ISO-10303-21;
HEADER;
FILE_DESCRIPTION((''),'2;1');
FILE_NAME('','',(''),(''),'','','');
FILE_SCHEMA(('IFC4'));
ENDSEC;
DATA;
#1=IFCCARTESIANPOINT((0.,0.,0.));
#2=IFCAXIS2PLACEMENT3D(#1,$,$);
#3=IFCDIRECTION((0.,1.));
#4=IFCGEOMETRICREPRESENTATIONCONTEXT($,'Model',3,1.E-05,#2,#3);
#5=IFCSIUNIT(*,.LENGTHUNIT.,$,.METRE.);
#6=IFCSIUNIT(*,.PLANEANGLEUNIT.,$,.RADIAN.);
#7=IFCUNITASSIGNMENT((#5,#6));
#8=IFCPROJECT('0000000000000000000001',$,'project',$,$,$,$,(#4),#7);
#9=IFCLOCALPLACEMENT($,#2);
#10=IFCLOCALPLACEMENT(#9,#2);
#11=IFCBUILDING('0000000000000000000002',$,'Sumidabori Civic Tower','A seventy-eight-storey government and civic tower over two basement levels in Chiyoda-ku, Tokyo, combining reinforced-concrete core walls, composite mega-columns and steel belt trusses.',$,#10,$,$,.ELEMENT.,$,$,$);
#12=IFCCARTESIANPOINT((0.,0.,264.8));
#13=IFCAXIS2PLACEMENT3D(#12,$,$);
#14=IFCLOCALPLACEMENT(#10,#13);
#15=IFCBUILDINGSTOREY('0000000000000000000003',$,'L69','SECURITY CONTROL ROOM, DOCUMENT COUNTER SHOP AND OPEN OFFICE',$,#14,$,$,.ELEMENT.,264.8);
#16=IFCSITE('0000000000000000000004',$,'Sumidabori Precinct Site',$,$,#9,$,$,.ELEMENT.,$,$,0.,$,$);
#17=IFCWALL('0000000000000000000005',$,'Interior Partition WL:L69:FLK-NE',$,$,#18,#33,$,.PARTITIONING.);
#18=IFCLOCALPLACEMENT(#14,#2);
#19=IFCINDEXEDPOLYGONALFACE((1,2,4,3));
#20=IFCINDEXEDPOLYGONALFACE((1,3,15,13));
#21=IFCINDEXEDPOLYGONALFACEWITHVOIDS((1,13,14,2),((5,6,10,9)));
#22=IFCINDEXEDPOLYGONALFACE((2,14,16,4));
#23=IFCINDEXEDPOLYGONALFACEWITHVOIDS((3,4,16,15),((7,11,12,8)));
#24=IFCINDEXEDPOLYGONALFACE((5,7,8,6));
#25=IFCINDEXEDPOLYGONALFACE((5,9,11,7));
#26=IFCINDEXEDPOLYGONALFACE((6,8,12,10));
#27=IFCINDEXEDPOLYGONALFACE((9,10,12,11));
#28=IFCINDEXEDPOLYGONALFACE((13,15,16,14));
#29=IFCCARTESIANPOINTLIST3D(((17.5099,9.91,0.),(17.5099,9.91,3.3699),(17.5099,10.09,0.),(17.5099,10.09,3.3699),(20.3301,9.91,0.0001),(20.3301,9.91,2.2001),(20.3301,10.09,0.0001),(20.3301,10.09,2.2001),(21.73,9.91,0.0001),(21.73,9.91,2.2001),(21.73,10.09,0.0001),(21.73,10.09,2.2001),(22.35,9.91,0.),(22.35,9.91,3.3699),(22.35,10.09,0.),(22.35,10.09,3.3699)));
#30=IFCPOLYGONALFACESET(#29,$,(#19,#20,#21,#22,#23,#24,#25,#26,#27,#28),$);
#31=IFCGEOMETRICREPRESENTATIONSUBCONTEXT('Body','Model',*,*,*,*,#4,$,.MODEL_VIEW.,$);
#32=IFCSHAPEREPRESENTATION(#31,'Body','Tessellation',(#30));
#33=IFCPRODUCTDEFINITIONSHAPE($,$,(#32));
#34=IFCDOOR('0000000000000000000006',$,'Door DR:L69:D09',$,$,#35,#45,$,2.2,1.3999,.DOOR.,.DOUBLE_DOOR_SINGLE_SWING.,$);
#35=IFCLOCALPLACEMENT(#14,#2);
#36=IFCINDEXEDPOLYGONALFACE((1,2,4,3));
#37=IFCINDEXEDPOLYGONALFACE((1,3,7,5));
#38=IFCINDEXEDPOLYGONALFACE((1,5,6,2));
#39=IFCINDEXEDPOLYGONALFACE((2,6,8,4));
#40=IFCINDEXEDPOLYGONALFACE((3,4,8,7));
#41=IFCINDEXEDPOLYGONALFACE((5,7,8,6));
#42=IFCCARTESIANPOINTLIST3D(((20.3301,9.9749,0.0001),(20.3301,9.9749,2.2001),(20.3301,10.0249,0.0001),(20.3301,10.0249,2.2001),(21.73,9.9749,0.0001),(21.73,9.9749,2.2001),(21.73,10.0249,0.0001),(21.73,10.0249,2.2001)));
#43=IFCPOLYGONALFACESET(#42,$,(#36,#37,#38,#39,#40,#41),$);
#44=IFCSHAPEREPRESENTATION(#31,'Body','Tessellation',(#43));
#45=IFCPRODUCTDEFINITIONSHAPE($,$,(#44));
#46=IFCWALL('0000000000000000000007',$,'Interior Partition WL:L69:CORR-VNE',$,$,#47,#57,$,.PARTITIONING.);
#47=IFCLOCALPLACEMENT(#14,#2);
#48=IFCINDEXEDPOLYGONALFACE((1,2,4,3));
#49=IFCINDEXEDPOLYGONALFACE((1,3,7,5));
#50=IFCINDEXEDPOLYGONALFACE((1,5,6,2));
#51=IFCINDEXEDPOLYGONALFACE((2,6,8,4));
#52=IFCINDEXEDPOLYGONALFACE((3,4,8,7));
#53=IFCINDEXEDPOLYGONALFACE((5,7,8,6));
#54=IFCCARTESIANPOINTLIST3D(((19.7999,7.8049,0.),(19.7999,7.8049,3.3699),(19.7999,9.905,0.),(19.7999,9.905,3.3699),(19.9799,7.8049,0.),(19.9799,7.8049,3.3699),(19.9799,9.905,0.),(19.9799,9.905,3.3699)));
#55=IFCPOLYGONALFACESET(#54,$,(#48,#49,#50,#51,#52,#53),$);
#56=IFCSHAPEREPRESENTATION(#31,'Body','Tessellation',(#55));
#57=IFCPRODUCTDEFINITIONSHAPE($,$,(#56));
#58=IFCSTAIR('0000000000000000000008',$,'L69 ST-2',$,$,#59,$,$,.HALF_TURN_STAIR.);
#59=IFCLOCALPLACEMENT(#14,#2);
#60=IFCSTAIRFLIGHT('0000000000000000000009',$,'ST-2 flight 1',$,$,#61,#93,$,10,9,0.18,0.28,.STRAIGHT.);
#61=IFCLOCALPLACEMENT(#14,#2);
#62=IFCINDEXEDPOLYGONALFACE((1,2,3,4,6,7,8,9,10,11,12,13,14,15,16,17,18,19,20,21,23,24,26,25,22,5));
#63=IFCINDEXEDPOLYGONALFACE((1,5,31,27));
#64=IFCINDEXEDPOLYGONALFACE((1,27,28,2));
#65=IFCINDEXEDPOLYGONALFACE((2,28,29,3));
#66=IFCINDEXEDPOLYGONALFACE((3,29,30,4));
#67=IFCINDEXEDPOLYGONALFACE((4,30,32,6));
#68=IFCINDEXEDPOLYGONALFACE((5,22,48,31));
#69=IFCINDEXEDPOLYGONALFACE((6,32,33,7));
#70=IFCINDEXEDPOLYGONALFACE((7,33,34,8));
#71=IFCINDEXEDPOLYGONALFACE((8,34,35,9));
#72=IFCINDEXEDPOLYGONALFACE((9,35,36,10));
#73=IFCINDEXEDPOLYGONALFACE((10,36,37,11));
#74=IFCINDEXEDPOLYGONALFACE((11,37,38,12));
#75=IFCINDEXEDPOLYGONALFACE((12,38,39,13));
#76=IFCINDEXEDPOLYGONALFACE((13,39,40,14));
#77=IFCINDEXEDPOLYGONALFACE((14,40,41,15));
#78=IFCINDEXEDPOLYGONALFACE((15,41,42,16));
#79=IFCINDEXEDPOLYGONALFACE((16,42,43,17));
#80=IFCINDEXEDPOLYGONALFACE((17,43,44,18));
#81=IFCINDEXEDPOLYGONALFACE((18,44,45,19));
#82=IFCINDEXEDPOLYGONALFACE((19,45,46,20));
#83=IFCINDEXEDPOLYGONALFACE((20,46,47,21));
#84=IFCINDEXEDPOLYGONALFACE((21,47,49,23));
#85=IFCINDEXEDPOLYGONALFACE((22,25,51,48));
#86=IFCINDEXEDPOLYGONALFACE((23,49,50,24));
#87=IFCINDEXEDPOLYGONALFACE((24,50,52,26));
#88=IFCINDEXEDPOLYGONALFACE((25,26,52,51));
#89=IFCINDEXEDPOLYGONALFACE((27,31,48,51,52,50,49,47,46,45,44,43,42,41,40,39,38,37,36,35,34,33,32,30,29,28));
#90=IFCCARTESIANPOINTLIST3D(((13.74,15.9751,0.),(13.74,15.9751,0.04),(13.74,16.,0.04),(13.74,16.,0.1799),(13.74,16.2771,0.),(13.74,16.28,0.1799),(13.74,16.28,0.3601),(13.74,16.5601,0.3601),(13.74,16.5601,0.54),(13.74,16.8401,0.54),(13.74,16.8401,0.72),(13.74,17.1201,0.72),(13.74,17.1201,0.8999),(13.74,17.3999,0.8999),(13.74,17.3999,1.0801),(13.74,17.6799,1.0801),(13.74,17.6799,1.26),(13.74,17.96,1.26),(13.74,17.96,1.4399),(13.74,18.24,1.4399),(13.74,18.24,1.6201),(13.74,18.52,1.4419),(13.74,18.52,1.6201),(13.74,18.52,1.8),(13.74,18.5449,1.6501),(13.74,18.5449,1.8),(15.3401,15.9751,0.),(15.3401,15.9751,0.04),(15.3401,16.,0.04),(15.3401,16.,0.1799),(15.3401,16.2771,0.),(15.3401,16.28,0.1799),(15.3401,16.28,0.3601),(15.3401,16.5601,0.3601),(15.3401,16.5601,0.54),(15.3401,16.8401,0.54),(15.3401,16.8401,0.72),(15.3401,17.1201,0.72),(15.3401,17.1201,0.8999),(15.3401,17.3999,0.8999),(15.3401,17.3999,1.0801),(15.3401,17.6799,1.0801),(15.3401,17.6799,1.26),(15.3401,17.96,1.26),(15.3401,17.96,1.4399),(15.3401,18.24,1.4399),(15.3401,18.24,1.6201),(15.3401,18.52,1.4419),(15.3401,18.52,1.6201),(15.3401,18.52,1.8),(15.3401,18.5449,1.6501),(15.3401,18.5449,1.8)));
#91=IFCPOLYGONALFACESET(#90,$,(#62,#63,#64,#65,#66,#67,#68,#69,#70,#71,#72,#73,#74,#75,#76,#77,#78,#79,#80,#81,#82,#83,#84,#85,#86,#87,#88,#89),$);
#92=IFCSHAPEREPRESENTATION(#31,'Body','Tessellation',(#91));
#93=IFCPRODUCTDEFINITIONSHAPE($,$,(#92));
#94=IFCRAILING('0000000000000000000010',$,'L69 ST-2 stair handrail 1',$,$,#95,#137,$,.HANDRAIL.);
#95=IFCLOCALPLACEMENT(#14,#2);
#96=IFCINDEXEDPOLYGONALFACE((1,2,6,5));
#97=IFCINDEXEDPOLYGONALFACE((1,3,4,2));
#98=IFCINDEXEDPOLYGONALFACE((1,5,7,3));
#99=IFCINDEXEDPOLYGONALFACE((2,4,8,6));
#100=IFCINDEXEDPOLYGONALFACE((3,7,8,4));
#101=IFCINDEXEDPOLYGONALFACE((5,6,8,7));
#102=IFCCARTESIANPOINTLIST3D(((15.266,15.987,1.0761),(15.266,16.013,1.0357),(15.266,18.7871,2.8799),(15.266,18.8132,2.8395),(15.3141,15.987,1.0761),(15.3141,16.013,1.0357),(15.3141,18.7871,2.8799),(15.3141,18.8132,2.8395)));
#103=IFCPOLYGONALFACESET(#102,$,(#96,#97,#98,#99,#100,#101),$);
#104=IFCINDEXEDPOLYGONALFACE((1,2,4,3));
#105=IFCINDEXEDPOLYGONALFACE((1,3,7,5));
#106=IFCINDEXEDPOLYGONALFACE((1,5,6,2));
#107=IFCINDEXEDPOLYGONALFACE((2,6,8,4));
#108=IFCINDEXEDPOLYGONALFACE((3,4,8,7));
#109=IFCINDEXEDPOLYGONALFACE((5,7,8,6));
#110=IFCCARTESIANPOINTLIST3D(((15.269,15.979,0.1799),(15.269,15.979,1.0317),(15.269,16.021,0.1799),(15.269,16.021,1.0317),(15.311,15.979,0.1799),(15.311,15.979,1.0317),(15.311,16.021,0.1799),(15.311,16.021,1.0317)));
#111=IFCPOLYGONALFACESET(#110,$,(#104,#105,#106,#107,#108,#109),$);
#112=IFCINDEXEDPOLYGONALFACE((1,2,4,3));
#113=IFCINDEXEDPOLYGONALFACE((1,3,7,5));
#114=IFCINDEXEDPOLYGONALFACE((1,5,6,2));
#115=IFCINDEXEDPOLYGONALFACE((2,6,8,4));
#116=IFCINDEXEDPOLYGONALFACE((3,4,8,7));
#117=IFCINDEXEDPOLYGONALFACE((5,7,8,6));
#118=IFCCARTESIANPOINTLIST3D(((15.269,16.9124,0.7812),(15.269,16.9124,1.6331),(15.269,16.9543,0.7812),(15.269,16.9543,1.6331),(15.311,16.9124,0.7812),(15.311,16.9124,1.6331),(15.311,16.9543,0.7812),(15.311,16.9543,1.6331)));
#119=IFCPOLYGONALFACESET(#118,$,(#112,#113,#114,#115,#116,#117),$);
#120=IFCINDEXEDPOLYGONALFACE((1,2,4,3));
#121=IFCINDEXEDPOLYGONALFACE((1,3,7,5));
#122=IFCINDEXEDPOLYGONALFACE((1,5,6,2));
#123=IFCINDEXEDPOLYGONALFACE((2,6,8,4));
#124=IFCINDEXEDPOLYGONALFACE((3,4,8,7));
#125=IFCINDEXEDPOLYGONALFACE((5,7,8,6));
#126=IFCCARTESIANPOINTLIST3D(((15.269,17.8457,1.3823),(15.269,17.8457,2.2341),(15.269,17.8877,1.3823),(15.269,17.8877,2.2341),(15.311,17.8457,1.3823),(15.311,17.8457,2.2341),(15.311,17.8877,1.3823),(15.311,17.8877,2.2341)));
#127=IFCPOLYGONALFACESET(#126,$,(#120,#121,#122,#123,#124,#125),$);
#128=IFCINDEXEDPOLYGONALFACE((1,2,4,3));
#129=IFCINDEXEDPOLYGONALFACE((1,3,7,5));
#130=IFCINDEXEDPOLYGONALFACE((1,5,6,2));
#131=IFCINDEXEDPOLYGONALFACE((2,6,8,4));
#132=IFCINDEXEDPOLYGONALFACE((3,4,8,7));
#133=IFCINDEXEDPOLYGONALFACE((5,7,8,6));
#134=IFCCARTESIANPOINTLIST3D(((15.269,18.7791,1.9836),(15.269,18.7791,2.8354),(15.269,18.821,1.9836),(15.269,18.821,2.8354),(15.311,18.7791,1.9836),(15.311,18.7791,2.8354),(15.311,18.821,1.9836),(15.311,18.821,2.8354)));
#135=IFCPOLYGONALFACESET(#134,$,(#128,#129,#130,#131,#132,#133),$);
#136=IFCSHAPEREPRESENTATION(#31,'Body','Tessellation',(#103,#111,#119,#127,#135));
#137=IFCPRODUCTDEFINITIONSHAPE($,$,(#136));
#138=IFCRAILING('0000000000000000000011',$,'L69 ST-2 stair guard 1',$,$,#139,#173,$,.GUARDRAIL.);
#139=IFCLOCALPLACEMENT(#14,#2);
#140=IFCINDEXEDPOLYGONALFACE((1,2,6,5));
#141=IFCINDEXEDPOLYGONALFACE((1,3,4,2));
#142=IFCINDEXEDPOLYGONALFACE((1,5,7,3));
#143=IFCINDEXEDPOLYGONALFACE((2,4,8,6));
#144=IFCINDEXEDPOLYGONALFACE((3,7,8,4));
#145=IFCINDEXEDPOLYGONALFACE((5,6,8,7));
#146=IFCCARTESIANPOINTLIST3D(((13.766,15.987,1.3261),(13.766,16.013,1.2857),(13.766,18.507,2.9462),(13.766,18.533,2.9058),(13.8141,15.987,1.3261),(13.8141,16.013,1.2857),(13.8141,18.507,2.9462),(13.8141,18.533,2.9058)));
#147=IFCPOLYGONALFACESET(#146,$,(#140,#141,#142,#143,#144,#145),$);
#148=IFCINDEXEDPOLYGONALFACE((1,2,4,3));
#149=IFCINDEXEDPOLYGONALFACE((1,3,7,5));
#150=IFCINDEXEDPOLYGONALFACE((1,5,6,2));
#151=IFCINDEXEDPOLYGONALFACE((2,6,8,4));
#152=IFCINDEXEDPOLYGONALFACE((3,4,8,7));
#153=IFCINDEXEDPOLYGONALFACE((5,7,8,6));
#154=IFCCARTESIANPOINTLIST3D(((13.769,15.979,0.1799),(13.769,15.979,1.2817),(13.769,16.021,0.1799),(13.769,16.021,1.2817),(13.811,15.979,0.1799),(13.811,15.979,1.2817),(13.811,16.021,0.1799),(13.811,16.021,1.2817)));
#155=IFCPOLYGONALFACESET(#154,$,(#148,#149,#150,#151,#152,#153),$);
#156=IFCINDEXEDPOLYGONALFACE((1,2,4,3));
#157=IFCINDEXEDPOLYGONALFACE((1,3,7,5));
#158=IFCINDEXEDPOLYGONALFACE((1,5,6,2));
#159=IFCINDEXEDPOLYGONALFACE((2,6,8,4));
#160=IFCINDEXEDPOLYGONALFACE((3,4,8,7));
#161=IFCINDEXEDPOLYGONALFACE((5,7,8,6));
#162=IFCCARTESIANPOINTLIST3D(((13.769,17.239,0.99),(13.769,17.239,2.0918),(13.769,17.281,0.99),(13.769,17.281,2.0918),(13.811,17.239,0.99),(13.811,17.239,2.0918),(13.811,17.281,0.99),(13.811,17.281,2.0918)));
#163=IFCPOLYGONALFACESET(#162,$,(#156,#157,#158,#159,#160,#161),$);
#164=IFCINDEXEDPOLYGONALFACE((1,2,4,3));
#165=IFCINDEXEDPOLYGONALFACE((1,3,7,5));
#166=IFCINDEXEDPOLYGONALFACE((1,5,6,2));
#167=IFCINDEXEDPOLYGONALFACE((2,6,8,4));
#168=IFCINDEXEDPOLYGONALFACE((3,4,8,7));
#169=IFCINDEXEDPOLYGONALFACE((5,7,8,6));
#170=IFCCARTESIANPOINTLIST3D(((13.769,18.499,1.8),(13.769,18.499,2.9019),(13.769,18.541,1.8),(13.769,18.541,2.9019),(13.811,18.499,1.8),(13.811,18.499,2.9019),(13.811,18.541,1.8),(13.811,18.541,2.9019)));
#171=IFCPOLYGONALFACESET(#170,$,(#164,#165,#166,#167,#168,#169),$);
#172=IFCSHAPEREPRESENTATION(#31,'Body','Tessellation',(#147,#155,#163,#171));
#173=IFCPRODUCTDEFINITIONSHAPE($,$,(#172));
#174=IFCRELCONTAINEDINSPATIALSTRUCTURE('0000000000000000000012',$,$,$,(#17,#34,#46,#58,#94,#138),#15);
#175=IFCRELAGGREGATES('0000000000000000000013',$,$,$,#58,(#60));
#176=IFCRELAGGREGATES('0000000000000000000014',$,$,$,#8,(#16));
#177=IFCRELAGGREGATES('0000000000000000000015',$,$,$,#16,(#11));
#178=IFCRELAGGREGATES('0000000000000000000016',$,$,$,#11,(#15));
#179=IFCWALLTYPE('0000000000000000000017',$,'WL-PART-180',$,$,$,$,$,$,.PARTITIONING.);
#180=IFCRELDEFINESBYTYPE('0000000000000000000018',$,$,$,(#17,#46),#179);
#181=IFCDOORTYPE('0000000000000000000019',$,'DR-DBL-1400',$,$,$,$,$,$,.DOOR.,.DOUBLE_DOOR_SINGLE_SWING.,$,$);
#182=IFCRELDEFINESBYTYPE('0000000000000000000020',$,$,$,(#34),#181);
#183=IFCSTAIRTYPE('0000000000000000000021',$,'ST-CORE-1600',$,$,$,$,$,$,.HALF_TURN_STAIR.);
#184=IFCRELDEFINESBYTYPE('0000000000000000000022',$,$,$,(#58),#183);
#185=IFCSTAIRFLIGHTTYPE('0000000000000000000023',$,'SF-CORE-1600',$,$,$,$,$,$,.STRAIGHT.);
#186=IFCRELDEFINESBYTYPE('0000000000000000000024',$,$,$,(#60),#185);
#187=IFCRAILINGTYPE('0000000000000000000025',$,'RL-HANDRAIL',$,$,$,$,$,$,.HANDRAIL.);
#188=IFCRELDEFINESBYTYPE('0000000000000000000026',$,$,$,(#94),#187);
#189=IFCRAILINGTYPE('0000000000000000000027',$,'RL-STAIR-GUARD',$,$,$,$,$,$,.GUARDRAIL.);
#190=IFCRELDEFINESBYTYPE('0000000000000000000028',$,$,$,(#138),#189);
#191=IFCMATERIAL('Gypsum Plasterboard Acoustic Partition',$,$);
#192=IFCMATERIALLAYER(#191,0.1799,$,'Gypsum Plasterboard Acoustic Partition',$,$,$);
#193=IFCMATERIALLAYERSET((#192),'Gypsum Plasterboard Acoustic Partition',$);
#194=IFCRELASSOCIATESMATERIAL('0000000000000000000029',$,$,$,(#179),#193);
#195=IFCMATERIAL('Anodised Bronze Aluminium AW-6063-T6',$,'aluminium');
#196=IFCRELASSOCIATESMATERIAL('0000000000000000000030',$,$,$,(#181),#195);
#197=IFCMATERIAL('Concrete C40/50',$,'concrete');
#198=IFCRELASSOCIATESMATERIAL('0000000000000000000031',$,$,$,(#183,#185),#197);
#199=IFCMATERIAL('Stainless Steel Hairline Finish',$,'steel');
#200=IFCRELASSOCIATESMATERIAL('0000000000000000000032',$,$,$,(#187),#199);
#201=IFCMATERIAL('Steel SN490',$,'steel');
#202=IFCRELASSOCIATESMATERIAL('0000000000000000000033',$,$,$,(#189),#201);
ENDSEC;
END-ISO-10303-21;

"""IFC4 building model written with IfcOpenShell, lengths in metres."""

from ifc_helpers import new_model, si_unit, direction, frame, frame_2d, origin, origin_2d, place, context, subcontext, project, spatial, polyline, rectangle, outline, extrude, source, transform, mapped, material, layer, layer_set, type_object, element, fill, aggregate, save


model = new_model("IFC4")

# Units and contexts
model_context = context("Model", 3, precision=1e-05, world=origin(), true_north=direction((0.0, 1.0)))
body_context = subcontext(model_context, "Body", "Model", "MODEL_VIEW")
ifc_project = project(units=[si_unit("LENGTHUNIT", "METRE"), si_unit("PLANEANGLEUNIT", "RADIAN")], contexts=[model_context])

# Site, building, storey
site_placement = place(None, origin())
site = spatial("IfcSite", under=ifc_project, at=site_placement, Name="Sumidabori Precinct Site", CompositionType="ELEMENT", RefElevation=0.0)
building_placement = place(site_placement, origin())
building = spatial("IfcBuilding", under=site, at=building_placement, Name="Sumidabori Civic Tower", Description="A seventy-eight-storey government and civic tower over two basement levels in Chiyoda-ku, Tokyo, combining reinforced-concrete core walls, composite mega-columns and steel belt trusses.", CompositionType="ELEMENT")
storey_placement = place(building_placement, frame((0.0, 0.0, 264.8)))
storey = spatial("IfcBuildingStorey", under=building, at=storey_placement, Name="L69", Description="SECURITY CONTROL ROOM, DOCUMENT COUNTER SHOP AND OPEN OFFICE", CompositionType="ELEMENT", Elevation=264.8)

# Shared definitions
ifc_material_1 = material(Name="Steel SN490", Category="steel")

# Shared definitions
ifc_material_2 = material(Name="Anodised Bronze Aluminium AW-6063-T6", Category="aluminium")

# Shared definitions
ifc_material_3 = material(Name="Stainless Steel Hairline Finish", Category="steel")

# Shared definitions
ifc_material_4 = material(Name="Gypsum Plasterboard Acoustic Partition")

# Wall, opening, door
ifc_layer_1 = layer(ifc_material_4, 0.1799, Name="Gypsum Plasterboard Acoustic Partition")
ifc_layer_set_1 = layer_set([ifc_layer_1], Name="Gypsum Plasterboard Acoustic Partition")
wall_type_1 = type_object("IfcWallType", Name="WL-PART-180", PredefinedType="PARTITIONING", material=ifc_layer_set_1)
shared_shape_1 = source(origin(), body_context, "Body", "SweptSolid", [
    extrude(rectangle(XDim=4.8401, YDim=0.1799, at=frame_2d((2.4199, 0.0))), origin(), (0.0, 0.0, 1.0), 3.3699),
])
wall_1_placement = place(storey_placement, frame((17.51, 10.0, 0.0), z_axis=(0.0, 0.0, 1.0), x_axis=(1.0, 0.0, 0.0)))
wall_1 = element("IfcWall", 1, at=wall_1_placement, inside=storey, type_object=wall_type_1, Name="Interior Partition WL:L69:FLK-NE", PredefinedType="PARTITIONING", context=body_context, shape_type="MappedRepresentation", body=[
    mapped(shared_shape_1, transform((0.0, 0.0, 0.0), x_axis=(1.0, 0.0, 0.0), y_axis=(0.0, 1.0, 0.0), z_axis=(0.0, 0.0, 1.0), scale=1.0)),
])
opening_1_placement = place(wall_1_placement, frame((2.8201, 0.0, 0.0)))
opening_1 = element("IfcOpeningElement", 2, at=opening_1_placement, cuts=wall_1, PredefinedType="OPENING", context=body_context, shape_type="SweptSolid", body=[
    extrude(rectangle(XDim=1.3999, YDim=2.2, at=frame_2d((0.7, 1.1001))), frame((0.0, 0.1021, 0.0), z_axis=(0.0, -1.0, 0.0), x_axis=(1.0, 0.0, 0.0)), (0.0, 0.0, 1.0), 0.2039),
])
door_type_1 = type_object("IfcDoorType", Name="DR-DBL-1400", OperationType="DOUBLE_DOOR_SINGLE_SWING", PredefinedType="DOOR", material=ifc_material_2)
shared_shape_2 = source(origin(), body_context, "Body", "SweptSolid", [
    extrude(rectangle(XDim=1.3999, YDim=2.2, at=frame_2d((0.7, 1.1001))), frame((0.0, 0.0249, 0.0), z_axis=(0.0, -1.0, 0.0), x_axis=(1.0, 0.0, 0.0)), (0.0, 0.0, 1.0), 0.05),
])
door_1_placement = place(opening_1_placement, origin())
door_1 = element("IfcDoor", 3, at=door_1_placement, inside=storey, type_object=door_type_1, Name="Door DR:L69:D09", OperationType="DOUBLE_DOOR_SINGLE_SWING", OverallHeight=2.2, OverallWidth=1.3999, PredefinedType="DOOR", context=body_context, shape_type="MappedRepresentation", body=[
    mapped(shared_shape_2, transform((0.0, 0.0, 0.0), x_axis=(1.0, 0.0, 0.0), y_axis=(0.0, 1.0, 0.0), z_axis=(0.0, 0.0, 1.0), scale=1.0)),
])
fill(opening_1, door_1)

# Wall
shared_shape_3 = source(origin(), body_context, "Body", "SweptSolid", [
    extrude(rectangle(XDim=2.1001, YDim=0.1799, at=frame_2d((1.05, 0.0))), origin(), (0.0, 0.0, 1.0), 3.3699),
])
wall_2_placement = place(storey_placement, frame((19.8899, 7.8049, 0.0), z_axis=(0.0, 0.0, 1.0), x_axis=(0.0, 1.0, 0.0)))
element("IfcWall", 4, at=wall_2_placement, inside=storey, type_object=wall_type_1, Name="Interior Partition WL:L69:CORR-VNE", PredefinedType="PARTITIONING", context=body_context, shape_type="MappedRepresentation", body=[
    mapped(shared_shape_3, transform((0.0, 0.0, 0.0), x_axis=(1.0, 0.0, 0.0), y_axis=(0.0, 1.0, 0.0), z_axis=(0.0, 0.0, 1.0), scale=1.0)),
])

# Stair, stair flight
ifc_material_5 = material(Name="Concrete C40/50", Category="concrete")
stair_type = type_object("IfcStairType", Name="ST-CORE-1600", PredefinedType="HALF_TURN_STAIR", material=ifc_material_5)
stair_placement = place(storey_placement, origin())
stair = element("IfcStair", 5, at=stair_placement, inside=storey, type_object=stair_type, Name="L69 ST-2", PredefinedType="HALF_TURN_STAIR")
stair_flight_type = type_object("IfcStairFlightType", Name="SF-CORE-1600", PredefinedType="STRAIGHT", material=ifc_material_5)
shared_shape_4 = source(origin(), body_context, "Body", "SweptSolid", [
    extrude(outline(polyline([(-0.0249, 0.0), (-0.0249, 0.04), (0.0, 0.04), (0.0, 0.1799), (0.28, 0.1799), (0.28, 0.3601), (0.5601, 0.3601), (0.5601, 0.54), (0.8401, 0.54), (0.8401, 0.72), (1.1201, 0.72), (1.1201, 0.8999), (1.3999, 0.8999), (1.3999, 1.0801), (1.6799, 1.0801), (1.6799, 1.26), (1.96, 1.26), (1.96, 1.4399), (2.24, 1.4399), (2.24, 1.6201), (2.52, 1.6201), (2.52, 1.8), (2.5449, 1.8), (2.5449, 1.6501), (2.52, 1.4419), (0.2771, 0.0), (-0.0249, 0.0)])), frame((0.0, 0.8, 0.0), z_axis=(0.0, -1.0, 0.0), x_axis=(1.0, 0.0, 0.0)), (0.0, 0.0, 1.0), 1.6001),
])
stair_flight_placement = place(storey_placement, frame((14.54, 16.0, 0.0), z_axis=(0.0, 0.0, 1.0), x_axis=(0.0, 1.0, 0.0)))
stair_flight = element("IfcStairFlight", 6, at=stair_flight_placement, type_object=stair_flight_type, Name="ST-2 flight 1", NumberOfRisers=10, NumberOfTreads=9, PredefinedType="STRAIGHT", RiserHeight=0.18, TreadLength=0.28, context=body_context, shape_type="MappedRepresentation", body=[
    mapped(shared_shape_4, transform((0.0, 0.0, 0.0), x_axis=(1.0, 0.0, 0.0), y_axis=(0.0, 1.0, 0.0), z_axis=(0.0, 0.0, 1.0), scale=1.0)),
])
aggregate(stair, [stair_flight])

# Railings
railing_type_1 = type_object("IfcRailingType", Name="RL-HANDRAIL", PredefinedType="HANDRAIL", material=ifc_material_3)
railing_1_placement = place(storey_placement, frame((15.29, 16.0, 0.1799)))
element("IfcRailing", 7, at=railing_1_placement, inside=storey, type_object=railing_type_1, Name="L69 ST-2 stair handrail 1", PredefinedType="HANDRAIL", context=body_context, shape_type="SweptSolid", body=[
    extrude(rectangle(XDim=0.0481, YDim=0.0481, at=origin_2d()), frame((0.0, 0.0, 0.876), z_axis=(0.0, 0.840676, 0.541539), x_axis=(-1.0, 0.0, 0.0)), (0.0, 0.0, 1.0), 3.3308),
    extrude(rectangle(XDim=0.042, YDim=0.042, at=origin_2d()), origin(), (0.0, 0.0, 1.0), 0.8518),
    extrude(rectangle(XDim=0.042, YDim=0.042, at=origin_2d()), frame((0.0, 0.9333, 0.6013)), (0.0, 0.0, 1.0), 0.8518),
    extrude(rectangle(XDim=0.042, YDim=0.042, at=origin_2d()), frame((0.0, 1.8667, 1.2024)), (0.0, 0.0, 1.0), 0.8518),
    extrude(rectangle(XDim=0.042, YDim=0.042, at=origin_2d()), frame((0.0, 2.8, 1.8037)), (0.0, 0.0, 1.0), 0.8518),
])
railing_type_2 = type_object("IfcRailingType", Name="RL-STAIR-GUARD", PredefinedType="GUARDRAIL", material=ifc_material_1)
railing_2_placement = place(storey_placement, frame((13.79, 16.0, 0.1799)))
element("IfcRailing", 8, at=railing_2_placement, inside=storey, type_object=railing_type_2, Name="L69 ST-2 stair guard 1", PredefinedType="GUARDRAIL", context=body_context, shape_type="SweptSolid", body=[
    extrude(rectangle(XDim=0.0481, YDim=0.0481, at=origin_2d()), frame((0.0, 0.0, 1.126), z_axis=(0.0, 0.841163, 0.540782), x_axis=(-1.0, 0.0, 0.0)), (0.0, 0.0, 1.0), 2.9958),
    extrude(rectangle(XDim=0.042, YDim=0.042, at=origin_2d()), origin(), (0.0, 0.0, 1.0), 1.1018),
    extrude(rectangle(XDim=0.042, YDim=0.042, at=origin_2d()), frame((0.0, 1.26, 0.8101)), (0.0, 0.0, 1.0), 1.1018),
    extrude(rectangle(XDim=0.042, YDim=0.042, at=origin_2d()), frame((0.0, 2.52, 1.6201)), (0.0, 0.0, 1.0), 1.1018),
])

save(model, "model.ifc")
